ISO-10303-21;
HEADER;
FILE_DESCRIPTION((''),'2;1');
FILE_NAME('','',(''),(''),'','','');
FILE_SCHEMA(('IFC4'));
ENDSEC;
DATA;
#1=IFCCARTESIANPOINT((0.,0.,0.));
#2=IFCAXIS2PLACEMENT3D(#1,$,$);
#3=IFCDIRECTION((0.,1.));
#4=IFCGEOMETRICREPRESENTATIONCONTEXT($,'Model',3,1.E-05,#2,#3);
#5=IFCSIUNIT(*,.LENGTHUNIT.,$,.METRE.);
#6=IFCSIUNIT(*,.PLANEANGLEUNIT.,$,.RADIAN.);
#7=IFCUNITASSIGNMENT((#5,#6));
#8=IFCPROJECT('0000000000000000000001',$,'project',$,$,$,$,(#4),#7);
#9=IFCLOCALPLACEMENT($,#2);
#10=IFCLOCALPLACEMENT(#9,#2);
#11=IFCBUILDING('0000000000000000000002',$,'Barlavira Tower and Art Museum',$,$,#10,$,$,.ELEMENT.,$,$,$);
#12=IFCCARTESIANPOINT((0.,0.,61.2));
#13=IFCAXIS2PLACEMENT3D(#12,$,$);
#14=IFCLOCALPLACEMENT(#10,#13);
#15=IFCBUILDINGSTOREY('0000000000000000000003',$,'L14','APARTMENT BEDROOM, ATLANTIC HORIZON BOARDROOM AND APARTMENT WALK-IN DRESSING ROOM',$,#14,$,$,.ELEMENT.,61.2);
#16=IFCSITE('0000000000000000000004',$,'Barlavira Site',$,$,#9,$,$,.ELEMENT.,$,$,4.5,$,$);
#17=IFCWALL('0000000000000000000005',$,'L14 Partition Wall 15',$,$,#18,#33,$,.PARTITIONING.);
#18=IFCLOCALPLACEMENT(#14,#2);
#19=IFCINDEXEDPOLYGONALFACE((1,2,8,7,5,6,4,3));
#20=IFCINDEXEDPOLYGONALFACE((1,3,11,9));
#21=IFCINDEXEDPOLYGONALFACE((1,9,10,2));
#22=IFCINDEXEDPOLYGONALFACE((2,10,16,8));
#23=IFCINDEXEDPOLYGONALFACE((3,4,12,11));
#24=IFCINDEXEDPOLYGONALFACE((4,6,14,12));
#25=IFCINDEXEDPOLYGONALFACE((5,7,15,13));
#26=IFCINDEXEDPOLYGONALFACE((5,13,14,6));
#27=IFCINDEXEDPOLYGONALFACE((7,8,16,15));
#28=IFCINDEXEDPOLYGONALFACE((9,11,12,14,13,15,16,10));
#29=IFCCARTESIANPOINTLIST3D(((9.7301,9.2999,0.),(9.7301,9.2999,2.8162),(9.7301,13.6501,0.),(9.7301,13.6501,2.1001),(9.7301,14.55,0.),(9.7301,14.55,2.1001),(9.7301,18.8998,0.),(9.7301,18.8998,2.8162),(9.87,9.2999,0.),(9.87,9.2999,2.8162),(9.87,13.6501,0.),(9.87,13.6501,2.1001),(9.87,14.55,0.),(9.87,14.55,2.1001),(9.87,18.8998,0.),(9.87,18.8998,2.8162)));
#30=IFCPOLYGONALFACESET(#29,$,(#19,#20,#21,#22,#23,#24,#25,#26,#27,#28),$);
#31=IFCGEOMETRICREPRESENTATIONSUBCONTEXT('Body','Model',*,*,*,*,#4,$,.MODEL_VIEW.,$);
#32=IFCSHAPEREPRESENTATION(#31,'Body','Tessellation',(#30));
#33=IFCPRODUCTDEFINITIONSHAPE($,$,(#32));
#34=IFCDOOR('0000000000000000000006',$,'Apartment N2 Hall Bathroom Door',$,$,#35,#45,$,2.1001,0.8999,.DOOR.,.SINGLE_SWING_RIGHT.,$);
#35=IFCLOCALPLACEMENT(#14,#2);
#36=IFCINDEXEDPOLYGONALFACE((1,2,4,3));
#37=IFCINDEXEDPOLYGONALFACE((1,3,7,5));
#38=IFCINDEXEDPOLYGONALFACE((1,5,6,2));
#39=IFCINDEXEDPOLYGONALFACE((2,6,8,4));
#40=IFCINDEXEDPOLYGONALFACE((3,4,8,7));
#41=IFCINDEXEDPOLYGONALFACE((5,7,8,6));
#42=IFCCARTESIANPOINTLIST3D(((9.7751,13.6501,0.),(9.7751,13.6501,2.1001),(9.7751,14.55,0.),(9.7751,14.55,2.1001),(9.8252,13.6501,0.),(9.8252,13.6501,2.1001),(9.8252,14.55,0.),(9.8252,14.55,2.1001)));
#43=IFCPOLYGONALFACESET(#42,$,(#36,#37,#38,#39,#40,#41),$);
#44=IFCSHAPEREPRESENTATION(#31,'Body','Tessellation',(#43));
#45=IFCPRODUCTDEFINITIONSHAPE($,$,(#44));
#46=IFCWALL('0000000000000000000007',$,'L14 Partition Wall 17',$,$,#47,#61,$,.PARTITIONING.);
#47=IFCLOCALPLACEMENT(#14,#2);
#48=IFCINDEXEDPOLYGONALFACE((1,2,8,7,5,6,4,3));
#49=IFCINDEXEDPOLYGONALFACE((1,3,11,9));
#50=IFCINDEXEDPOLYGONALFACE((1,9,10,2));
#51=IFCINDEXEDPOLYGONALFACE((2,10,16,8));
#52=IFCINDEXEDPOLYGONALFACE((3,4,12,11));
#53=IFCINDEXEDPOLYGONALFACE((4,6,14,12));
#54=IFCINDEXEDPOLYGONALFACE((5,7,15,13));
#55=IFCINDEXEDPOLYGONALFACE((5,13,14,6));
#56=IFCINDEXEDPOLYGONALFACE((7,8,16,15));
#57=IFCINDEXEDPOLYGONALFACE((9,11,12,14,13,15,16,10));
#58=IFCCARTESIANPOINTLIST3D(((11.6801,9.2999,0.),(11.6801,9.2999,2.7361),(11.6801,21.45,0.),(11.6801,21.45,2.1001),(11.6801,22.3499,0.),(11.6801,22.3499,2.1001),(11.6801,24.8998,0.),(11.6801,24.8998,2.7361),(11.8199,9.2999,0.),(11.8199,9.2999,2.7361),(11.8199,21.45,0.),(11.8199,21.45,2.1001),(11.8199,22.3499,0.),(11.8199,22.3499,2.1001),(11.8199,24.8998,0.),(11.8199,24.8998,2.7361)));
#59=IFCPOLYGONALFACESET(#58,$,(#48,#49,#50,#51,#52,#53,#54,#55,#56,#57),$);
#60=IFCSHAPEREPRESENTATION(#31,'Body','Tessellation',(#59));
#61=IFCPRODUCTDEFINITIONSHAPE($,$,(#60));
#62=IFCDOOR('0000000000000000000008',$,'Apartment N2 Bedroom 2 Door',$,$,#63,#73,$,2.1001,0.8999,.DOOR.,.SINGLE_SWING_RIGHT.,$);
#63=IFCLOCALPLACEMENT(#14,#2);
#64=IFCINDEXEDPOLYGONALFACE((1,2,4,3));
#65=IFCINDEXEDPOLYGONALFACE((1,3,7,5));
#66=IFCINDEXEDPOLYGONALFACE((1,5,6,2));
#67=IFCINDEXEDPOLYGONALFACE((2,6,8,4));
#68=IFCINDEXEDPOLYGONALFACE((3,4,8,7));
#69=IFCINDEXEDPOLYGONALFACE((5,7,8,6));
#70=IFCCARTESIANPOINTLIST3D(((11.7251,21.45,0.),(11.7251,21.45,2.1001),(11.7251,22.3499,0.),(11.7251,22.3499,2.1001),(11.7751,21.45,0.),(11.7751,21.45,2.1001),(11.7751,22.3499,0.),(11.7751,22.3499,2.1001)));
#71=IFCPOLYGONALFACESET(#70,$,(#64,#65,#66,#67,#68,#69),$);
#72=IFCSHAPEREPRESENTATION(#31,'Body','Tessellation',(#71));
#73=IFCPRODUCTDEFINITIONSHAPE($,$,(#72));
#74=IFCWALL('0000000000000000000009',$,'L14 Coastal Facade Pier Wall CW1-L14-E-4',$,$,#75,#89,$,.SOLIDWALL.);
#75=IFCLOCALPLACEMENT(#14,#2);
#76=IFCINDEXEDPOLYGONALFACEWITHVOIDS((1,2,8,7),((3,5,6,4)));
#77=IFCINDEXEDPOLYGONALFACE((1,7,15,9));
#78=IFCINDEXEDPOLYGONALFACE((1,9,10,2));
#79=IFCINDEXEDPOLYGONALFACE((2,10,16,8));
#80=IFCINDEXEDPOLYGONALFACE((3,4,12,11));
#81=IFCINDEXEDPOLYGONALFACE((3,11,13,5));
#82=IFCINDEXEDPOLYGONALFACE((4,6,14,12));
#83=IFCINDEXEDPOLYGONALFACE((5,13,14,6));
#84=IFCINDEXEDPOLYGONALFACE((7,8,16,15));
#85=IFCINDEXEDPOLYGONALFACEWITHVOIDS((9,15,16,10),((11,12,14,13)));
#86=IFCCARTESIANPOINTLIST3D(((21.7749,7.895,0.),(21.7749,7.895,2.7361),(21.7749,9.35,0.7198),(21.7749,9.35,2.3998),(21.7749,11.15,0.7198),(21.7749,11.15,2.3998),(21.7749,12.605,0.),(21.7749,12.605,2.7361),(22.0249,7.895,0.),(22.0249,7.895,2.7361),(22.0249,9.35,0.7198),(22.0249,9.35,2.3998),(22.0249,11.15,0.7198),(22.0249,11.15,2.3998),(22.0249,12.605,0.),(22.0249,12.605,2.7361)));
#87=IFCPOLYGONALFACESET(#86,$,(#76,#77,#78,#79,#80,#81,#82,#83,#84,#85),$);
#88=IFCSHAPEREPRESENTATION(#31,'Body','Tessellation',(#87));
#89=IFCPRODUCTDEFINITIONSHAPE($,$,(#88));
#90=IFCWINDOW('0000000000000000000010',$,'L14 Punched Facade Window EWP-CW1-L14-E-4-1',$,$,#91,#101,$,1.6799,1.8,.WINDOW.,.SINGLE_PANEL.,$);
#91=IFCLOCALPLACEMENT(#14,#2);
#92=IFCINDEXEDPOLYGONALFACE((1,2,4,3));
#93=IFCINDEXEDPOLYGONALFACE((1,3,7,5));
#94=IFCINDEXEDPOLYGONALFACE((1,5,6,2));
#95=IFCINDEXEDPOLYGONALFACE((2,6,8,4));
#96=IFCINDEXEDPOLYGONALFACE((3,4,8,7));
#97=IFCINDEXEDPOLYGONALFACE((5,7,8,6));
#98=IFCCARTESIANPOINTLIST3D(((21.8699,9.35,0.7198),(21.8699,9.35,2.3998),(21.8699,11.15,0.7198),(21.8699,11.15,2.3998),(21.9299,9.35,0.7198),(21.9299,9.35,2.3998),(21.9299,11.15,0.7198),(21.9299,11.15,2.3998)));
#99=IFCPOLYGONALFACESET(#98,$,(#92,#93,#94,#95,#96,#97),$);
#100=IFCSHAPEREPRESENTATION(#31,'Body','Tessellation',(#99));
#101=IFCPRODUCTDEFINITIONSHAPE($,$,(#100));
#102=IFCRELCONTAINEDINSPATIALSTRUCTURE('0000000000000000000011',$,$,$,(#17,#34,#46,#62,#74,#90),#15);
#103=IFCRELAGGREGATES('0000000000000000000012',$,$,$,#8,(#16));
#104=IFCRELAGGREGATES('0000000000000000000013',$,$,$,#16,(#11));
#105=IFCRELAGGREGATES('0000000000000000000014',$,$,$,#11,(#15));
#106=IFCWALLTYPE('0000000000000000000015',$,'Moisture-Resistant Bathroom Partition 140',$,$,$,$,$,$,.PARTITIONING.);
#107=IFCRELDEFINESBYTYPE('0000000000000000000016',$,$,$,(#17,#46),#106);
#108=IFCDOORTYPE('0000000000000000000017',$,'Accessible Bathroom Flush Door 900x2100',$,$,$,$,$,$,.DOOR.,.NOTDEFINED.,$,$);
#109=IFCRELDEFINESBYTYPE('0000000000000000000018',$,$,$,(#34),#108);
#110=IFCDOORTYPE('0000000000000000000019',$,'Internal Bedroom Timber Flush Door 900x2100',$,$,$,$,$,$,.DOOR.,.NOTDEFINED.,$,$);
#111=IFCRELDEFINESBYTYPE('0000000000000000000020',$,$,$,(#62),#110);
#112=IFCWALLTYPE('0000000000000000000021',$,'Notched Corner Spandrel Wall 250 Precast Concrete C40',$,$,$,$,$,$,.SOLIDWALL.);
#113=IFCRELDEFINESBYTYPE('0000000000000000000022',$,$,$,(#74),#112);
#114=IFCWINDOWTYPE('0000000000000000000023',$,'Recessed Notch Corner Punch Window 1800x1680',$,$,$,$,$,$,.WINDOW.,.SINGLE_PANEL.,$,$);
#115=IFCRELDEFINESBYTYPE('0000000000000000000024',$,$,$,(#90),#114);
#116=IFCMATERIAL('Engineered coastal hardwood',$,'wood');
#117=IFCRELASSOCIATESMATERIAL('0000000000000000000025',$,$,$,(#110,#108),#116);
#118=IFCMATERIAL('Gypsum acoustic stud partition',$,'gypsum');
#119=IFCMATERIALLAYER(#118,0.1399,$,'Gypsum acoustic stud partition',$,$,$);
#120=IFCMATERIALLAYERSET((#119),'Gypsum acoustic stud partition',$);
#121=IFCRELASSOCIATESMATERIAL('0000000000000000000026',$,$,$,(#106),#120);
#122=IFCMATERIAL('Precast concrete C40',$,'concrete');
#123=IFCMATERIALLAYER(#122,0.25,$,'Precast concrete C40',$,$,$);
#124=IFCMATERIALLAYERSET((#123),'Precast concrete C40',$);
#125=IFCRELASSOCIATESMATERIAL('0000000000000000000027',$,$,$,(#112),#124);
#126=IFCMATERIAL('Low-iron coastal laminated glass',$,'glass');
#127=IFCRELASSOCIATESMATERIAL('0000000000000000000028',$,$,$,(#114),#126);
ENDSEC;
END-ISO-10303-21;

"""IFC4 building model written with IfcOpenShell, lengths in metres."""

from ifc_helpers import new_model, si_unit, direction, frame, frame_2d, origin, place, context, subcontext, project, spatial, rectangle, extrude, material, layer, layer_set, type_object, element, fill, save


model = new_model("IFC4")

# Units and contexts
model_context = context("Model", 3, precision=1e-05, world=origin(), true_north=direction((0.0, 1.0)))
body_context = subcontext(model_context, "Body", "Model", "MODEL_VIEW")
ifc_project = project(units=[si_unit("LENGTHUNIT", "METRE"), si_unit("PLANEANGLEUNIT", "RADIAN")], contexts=[model_context])

# Site, building, storey
site_placement = place(None, origin())
site = spatial("IfcSite", under=ifc_project, at=site_placement, Name="Barlavira Site", CompositionType="ELEMENT", RefElevation=4.5)
building_placement = place(site_placement, origin())
building = spatial("IfcBuilding", under=site, at=building_placement, Name="Barlavira Tower and Art Museum", CompositionType="ELEMENT")
storey_placement = place(building_placement, frame((0.0, 0.0, 61.2)))
storey = spatial("IfcBuildingStorey", under=building, at=storey_placement, Name="L14", Description="APARTMENT BEDROOM, ATLANTIC HORIZON BOARDROOM AND APARTMENT WALK-IN DRESSING ROOM", CompositionType="ELEMENT", Elevation=61.2)

# Shared definitions
ifc_material_1 = material(Name="Low-iron coastal laminated glass", Category="glass")

# Shared definitions
ifc_material_2 = material(Name="Gypsum acoustic stud partition", Category="gypsum")
ifc_material_3 = material(Name="Engineered coastal hardwood", Category="wood")
door_type_1 = type_object("IfcDoorType", Name="Internal Bedroom Timber Flush Door 900x2100", OperationType="NOTDEFINED", PredefinedType="DOOR", material=ifc_material_3)

# Walls, openings, doors
ifc_layer_1 = layer(ifc_material_2, 0.1399, Name="Gypsum acoustic stud partition")
ifc_layer_set_1 = layer_set([ifc_layer_1], Name="Gypsum acoustic stud partition")
wall_type_1 = type_object("IfcWallType", Name="Moisture-Resistant Bathroom Partition 140", PredefinedType="PARTITIONING", material=ifc_layer_set_1)
wall_1_placement = place(storey_placement, frame((9.8, 9.3, 0.0), z_axis=(0.0, 0.0, 1.0), x_axis=(0.0, 1.0, 0.0)))
wall_1 = element("IfcWall", 1, at=wall_1_placement, inside=storey, type_object=wall_type_1, Name="L14 Partition Wall 15", PredefinedType="PARTITIONING", context=body_context, shape_type="SweptSolid", body=[
    extrude(rectangle(XDim=9.5999, YDim=0.1399, at=frame_2d((4.7998, 0.0))), origin(), (0.0, 0.0, 1.0), 2.8162),
])
opening_1_placement = place(wall_1_placement, frame((4.3501, 0.0, 0.0)))
opening_1 = element("IfcOpeningElement", 2, at=opening_1_placement, cuts=wall_1, PredefinedType="OPENING", context=body_context, shape_type="SweptSolid", body=[
    extrude(rectangle(XDim=0.8999, YDim=2.1001, at=frame_2d((0.45, 1.05))), frame((0.0, 0.0801, 0.0), z_axis=(0.0, -1.0, 0.0), x_axis=(1.0, 0.0, 0.0)), (0.0, 0.0, 1.0), 0.1599),
])
door_type_2 = type_object("IfcDoorType", Name="Accessible Bathroom Flush Door 900x2100", OperationType="NOTDEFINED", PredefinedType="DOOR", material=ifc_material_3)
door_1_placement = place(opening_1_placement, origin())
door_1 = element("IfcDoor", 3, at=door_1_placement, inside=storey, type_object=door_type_2, Name="Apartment N2 Hall Bathroom Door", OperationType="SINGLE_SWING_RIGHT", OverallHeight=2.1001, OverallWidth=0.8999, PredefinedType="DOOR", context=body_context, shape_type="SweptSolid", body=[
    extrude(rectangle(XDim=0.8999, YDim=2.1001, at=frame_2d((0.45, 1.05))), frame((0.0, 0.0249, 0.0), z_axis=(0.0, -1.0, 0.0), x_axis=(1.0, 0.0, 0.0)), (0.0, 0.0, 1.0), 0.05),
])
fill(opening_1, door_1)
wall_2_placement = place(storey_placement, frame((11.75, 9.3, 0.0), z_axis=(0.0, 0.0, 1.0), x_axis=(0.0, 1.0, 0.0)))
wall_2 = element("IfcWall", 4, at=wall_2_placement, inside=storey, type_object=wall_type_1, Name="L14 Partition Wall 17", PredefinedType="PARTITIONING", context=body_context, shape_type="SweptSolid", body=[
    extrude(rectangle(XDim=15.5999, YDim=0.1399, at=frame_2d((7.7998, 0.0))), origin(), (0.0, 0.0, 1.0), 2.7361),
])
opening_2_placement = place(wall_2_placement, frame((12.1499, 0.0, 0.0)))
opening_2 = element("IfcOpeningElement", 5, at=opening_2_placement, cuts=wall_2, PredefinedType="OPENING", context=body_context, shape_type="SweptSolid", body=[
    extrude(rectangle(XDim=0.8999, YDim=2.1001, at=frame_2d((0.45, 1.05))), frame((0.0, 0.0801, 0.0), z_axis=(0.0, -1.0, 0.0), x_axis=(1.0, 0.0, 0.0)), (0.0, 0.0, 1.0), 0.1599),
])
door_2_placement = place(opening_2_placement, origin())
door_2 = element("IfcDoor", 6, at=door_2_placement, inside=storey, type_object=door_type_1, Name="Apartment N2 Bedroom 2 Door", OperationType="SINGLE_SWING_RIGHT", OverallHeight=2.1001, OverallWidth=0.8999, PredefinedType="DOOR", context=body_context, shape_type="SweptSolid", body=[
    extrude(rectangle(XDim=0.8999, YDim=2.1001, at=frame_2d((0.45, 1.05))), frame((0.0, 0.0249, 0.0), z_axis=(0.0, -1.0, 0.0), x_axis=(1.0, 0.0, 0.0)), (0.0, 0.0, 1.0), 0.05),
])
fill(opening_2, door_2)

# Wall, opening, window
ifc_material_4 = material(Name="Precast concrete C40", Category="concrete")
ifc_layer_2 = layer(ifc_material_4, 0.25, Name="Precast concrete C40")
ifc_layer_set_2 = layer_set([ifc_layer_2], Name="Precast concrete C40")
wall_type_2 = type_object("IfcWallType", Name="Notched Corner Spandrel Wall 250 Precast Concrete C40", PredefinedType="SOLIDWALL", material=ifc_layer_set_2)
wall_3_placement = place(storey_placement, frame((21.8999, 7.895, 0.0), z_axis=(0.0, 0.0, 1.0), x_axis=(0.0, 1.0, 0.0)))
wall_3 = element("IfcWall", 7, at=wall_3_placement, inside=storey, type_object=wall_type_2, Name="L14 Coastal Facade Pier Wall CW1-L14-E-4", PredefinedType="SOLIDWALL", context=body_context, shape_type="SweptSolid", body=[
    extrude(rectangle(XDim=4.71, YDim=0.25, at=frame_2d((2.355, 0.0))), origin(), (0.0, 0.0, 1.0), 2.7361),
])
opening_3_placement = place(wall_3_placement, frame((1.4551, 0.0, 0.72)))
opening_3 = element("IfcOpeningElement", 8, at=opening_3_placement, cuts=wall_3, PredefinedType="OPENING", context=body_context, shape_type="SweptSolid", body=[
    extrude(rectangle(XDim=1.8, YDim=1.6799, at=frame_2d((0.8999, 0.8398))), frame((0.0, 0.135, 0.0), z_axis=(0.0, -1.0, 0.0), x_axis=(1.0, 0.0, 0.0)), (0.0, 0.0, 1.0), 0.27),
])
window_type = type_object("IfcWindowType", Name="Recessed Notch Corner Punch Window 1800x1680", PartitioningType="SINGLE_PANEL", PredefinedType="WINDOW", material=ifc_material_1)
window_placement = place(opening_3_placement, origin())
window = element("IfcWindow", 9, at=window_placement, inside=storey, type_object=window_type, Name="L14 Punched Facade Window EWP-CW1-L14-E-4-1", OverallHeight=1.6799, OverallWidth=1.8, PartitioningType="SINGLE_PANEL", PredefinedType="WINDOW", context=body_context, shape_type="SweptSolid", body=[
    extrude(rectangle(XDim=1.8, YDim=1.6799, at=frame_2d((0.8999, 0.8398))), frame((0.0, 0.03, 0.0), z_axis=(0.0, -1.0, 0.0), x_axis=(1.0, 0.0, 0.0)), (0.0, 0.0, 1.0), 0.0601),
])
fill(opening_3, window)

save(model, "model.ifc")
